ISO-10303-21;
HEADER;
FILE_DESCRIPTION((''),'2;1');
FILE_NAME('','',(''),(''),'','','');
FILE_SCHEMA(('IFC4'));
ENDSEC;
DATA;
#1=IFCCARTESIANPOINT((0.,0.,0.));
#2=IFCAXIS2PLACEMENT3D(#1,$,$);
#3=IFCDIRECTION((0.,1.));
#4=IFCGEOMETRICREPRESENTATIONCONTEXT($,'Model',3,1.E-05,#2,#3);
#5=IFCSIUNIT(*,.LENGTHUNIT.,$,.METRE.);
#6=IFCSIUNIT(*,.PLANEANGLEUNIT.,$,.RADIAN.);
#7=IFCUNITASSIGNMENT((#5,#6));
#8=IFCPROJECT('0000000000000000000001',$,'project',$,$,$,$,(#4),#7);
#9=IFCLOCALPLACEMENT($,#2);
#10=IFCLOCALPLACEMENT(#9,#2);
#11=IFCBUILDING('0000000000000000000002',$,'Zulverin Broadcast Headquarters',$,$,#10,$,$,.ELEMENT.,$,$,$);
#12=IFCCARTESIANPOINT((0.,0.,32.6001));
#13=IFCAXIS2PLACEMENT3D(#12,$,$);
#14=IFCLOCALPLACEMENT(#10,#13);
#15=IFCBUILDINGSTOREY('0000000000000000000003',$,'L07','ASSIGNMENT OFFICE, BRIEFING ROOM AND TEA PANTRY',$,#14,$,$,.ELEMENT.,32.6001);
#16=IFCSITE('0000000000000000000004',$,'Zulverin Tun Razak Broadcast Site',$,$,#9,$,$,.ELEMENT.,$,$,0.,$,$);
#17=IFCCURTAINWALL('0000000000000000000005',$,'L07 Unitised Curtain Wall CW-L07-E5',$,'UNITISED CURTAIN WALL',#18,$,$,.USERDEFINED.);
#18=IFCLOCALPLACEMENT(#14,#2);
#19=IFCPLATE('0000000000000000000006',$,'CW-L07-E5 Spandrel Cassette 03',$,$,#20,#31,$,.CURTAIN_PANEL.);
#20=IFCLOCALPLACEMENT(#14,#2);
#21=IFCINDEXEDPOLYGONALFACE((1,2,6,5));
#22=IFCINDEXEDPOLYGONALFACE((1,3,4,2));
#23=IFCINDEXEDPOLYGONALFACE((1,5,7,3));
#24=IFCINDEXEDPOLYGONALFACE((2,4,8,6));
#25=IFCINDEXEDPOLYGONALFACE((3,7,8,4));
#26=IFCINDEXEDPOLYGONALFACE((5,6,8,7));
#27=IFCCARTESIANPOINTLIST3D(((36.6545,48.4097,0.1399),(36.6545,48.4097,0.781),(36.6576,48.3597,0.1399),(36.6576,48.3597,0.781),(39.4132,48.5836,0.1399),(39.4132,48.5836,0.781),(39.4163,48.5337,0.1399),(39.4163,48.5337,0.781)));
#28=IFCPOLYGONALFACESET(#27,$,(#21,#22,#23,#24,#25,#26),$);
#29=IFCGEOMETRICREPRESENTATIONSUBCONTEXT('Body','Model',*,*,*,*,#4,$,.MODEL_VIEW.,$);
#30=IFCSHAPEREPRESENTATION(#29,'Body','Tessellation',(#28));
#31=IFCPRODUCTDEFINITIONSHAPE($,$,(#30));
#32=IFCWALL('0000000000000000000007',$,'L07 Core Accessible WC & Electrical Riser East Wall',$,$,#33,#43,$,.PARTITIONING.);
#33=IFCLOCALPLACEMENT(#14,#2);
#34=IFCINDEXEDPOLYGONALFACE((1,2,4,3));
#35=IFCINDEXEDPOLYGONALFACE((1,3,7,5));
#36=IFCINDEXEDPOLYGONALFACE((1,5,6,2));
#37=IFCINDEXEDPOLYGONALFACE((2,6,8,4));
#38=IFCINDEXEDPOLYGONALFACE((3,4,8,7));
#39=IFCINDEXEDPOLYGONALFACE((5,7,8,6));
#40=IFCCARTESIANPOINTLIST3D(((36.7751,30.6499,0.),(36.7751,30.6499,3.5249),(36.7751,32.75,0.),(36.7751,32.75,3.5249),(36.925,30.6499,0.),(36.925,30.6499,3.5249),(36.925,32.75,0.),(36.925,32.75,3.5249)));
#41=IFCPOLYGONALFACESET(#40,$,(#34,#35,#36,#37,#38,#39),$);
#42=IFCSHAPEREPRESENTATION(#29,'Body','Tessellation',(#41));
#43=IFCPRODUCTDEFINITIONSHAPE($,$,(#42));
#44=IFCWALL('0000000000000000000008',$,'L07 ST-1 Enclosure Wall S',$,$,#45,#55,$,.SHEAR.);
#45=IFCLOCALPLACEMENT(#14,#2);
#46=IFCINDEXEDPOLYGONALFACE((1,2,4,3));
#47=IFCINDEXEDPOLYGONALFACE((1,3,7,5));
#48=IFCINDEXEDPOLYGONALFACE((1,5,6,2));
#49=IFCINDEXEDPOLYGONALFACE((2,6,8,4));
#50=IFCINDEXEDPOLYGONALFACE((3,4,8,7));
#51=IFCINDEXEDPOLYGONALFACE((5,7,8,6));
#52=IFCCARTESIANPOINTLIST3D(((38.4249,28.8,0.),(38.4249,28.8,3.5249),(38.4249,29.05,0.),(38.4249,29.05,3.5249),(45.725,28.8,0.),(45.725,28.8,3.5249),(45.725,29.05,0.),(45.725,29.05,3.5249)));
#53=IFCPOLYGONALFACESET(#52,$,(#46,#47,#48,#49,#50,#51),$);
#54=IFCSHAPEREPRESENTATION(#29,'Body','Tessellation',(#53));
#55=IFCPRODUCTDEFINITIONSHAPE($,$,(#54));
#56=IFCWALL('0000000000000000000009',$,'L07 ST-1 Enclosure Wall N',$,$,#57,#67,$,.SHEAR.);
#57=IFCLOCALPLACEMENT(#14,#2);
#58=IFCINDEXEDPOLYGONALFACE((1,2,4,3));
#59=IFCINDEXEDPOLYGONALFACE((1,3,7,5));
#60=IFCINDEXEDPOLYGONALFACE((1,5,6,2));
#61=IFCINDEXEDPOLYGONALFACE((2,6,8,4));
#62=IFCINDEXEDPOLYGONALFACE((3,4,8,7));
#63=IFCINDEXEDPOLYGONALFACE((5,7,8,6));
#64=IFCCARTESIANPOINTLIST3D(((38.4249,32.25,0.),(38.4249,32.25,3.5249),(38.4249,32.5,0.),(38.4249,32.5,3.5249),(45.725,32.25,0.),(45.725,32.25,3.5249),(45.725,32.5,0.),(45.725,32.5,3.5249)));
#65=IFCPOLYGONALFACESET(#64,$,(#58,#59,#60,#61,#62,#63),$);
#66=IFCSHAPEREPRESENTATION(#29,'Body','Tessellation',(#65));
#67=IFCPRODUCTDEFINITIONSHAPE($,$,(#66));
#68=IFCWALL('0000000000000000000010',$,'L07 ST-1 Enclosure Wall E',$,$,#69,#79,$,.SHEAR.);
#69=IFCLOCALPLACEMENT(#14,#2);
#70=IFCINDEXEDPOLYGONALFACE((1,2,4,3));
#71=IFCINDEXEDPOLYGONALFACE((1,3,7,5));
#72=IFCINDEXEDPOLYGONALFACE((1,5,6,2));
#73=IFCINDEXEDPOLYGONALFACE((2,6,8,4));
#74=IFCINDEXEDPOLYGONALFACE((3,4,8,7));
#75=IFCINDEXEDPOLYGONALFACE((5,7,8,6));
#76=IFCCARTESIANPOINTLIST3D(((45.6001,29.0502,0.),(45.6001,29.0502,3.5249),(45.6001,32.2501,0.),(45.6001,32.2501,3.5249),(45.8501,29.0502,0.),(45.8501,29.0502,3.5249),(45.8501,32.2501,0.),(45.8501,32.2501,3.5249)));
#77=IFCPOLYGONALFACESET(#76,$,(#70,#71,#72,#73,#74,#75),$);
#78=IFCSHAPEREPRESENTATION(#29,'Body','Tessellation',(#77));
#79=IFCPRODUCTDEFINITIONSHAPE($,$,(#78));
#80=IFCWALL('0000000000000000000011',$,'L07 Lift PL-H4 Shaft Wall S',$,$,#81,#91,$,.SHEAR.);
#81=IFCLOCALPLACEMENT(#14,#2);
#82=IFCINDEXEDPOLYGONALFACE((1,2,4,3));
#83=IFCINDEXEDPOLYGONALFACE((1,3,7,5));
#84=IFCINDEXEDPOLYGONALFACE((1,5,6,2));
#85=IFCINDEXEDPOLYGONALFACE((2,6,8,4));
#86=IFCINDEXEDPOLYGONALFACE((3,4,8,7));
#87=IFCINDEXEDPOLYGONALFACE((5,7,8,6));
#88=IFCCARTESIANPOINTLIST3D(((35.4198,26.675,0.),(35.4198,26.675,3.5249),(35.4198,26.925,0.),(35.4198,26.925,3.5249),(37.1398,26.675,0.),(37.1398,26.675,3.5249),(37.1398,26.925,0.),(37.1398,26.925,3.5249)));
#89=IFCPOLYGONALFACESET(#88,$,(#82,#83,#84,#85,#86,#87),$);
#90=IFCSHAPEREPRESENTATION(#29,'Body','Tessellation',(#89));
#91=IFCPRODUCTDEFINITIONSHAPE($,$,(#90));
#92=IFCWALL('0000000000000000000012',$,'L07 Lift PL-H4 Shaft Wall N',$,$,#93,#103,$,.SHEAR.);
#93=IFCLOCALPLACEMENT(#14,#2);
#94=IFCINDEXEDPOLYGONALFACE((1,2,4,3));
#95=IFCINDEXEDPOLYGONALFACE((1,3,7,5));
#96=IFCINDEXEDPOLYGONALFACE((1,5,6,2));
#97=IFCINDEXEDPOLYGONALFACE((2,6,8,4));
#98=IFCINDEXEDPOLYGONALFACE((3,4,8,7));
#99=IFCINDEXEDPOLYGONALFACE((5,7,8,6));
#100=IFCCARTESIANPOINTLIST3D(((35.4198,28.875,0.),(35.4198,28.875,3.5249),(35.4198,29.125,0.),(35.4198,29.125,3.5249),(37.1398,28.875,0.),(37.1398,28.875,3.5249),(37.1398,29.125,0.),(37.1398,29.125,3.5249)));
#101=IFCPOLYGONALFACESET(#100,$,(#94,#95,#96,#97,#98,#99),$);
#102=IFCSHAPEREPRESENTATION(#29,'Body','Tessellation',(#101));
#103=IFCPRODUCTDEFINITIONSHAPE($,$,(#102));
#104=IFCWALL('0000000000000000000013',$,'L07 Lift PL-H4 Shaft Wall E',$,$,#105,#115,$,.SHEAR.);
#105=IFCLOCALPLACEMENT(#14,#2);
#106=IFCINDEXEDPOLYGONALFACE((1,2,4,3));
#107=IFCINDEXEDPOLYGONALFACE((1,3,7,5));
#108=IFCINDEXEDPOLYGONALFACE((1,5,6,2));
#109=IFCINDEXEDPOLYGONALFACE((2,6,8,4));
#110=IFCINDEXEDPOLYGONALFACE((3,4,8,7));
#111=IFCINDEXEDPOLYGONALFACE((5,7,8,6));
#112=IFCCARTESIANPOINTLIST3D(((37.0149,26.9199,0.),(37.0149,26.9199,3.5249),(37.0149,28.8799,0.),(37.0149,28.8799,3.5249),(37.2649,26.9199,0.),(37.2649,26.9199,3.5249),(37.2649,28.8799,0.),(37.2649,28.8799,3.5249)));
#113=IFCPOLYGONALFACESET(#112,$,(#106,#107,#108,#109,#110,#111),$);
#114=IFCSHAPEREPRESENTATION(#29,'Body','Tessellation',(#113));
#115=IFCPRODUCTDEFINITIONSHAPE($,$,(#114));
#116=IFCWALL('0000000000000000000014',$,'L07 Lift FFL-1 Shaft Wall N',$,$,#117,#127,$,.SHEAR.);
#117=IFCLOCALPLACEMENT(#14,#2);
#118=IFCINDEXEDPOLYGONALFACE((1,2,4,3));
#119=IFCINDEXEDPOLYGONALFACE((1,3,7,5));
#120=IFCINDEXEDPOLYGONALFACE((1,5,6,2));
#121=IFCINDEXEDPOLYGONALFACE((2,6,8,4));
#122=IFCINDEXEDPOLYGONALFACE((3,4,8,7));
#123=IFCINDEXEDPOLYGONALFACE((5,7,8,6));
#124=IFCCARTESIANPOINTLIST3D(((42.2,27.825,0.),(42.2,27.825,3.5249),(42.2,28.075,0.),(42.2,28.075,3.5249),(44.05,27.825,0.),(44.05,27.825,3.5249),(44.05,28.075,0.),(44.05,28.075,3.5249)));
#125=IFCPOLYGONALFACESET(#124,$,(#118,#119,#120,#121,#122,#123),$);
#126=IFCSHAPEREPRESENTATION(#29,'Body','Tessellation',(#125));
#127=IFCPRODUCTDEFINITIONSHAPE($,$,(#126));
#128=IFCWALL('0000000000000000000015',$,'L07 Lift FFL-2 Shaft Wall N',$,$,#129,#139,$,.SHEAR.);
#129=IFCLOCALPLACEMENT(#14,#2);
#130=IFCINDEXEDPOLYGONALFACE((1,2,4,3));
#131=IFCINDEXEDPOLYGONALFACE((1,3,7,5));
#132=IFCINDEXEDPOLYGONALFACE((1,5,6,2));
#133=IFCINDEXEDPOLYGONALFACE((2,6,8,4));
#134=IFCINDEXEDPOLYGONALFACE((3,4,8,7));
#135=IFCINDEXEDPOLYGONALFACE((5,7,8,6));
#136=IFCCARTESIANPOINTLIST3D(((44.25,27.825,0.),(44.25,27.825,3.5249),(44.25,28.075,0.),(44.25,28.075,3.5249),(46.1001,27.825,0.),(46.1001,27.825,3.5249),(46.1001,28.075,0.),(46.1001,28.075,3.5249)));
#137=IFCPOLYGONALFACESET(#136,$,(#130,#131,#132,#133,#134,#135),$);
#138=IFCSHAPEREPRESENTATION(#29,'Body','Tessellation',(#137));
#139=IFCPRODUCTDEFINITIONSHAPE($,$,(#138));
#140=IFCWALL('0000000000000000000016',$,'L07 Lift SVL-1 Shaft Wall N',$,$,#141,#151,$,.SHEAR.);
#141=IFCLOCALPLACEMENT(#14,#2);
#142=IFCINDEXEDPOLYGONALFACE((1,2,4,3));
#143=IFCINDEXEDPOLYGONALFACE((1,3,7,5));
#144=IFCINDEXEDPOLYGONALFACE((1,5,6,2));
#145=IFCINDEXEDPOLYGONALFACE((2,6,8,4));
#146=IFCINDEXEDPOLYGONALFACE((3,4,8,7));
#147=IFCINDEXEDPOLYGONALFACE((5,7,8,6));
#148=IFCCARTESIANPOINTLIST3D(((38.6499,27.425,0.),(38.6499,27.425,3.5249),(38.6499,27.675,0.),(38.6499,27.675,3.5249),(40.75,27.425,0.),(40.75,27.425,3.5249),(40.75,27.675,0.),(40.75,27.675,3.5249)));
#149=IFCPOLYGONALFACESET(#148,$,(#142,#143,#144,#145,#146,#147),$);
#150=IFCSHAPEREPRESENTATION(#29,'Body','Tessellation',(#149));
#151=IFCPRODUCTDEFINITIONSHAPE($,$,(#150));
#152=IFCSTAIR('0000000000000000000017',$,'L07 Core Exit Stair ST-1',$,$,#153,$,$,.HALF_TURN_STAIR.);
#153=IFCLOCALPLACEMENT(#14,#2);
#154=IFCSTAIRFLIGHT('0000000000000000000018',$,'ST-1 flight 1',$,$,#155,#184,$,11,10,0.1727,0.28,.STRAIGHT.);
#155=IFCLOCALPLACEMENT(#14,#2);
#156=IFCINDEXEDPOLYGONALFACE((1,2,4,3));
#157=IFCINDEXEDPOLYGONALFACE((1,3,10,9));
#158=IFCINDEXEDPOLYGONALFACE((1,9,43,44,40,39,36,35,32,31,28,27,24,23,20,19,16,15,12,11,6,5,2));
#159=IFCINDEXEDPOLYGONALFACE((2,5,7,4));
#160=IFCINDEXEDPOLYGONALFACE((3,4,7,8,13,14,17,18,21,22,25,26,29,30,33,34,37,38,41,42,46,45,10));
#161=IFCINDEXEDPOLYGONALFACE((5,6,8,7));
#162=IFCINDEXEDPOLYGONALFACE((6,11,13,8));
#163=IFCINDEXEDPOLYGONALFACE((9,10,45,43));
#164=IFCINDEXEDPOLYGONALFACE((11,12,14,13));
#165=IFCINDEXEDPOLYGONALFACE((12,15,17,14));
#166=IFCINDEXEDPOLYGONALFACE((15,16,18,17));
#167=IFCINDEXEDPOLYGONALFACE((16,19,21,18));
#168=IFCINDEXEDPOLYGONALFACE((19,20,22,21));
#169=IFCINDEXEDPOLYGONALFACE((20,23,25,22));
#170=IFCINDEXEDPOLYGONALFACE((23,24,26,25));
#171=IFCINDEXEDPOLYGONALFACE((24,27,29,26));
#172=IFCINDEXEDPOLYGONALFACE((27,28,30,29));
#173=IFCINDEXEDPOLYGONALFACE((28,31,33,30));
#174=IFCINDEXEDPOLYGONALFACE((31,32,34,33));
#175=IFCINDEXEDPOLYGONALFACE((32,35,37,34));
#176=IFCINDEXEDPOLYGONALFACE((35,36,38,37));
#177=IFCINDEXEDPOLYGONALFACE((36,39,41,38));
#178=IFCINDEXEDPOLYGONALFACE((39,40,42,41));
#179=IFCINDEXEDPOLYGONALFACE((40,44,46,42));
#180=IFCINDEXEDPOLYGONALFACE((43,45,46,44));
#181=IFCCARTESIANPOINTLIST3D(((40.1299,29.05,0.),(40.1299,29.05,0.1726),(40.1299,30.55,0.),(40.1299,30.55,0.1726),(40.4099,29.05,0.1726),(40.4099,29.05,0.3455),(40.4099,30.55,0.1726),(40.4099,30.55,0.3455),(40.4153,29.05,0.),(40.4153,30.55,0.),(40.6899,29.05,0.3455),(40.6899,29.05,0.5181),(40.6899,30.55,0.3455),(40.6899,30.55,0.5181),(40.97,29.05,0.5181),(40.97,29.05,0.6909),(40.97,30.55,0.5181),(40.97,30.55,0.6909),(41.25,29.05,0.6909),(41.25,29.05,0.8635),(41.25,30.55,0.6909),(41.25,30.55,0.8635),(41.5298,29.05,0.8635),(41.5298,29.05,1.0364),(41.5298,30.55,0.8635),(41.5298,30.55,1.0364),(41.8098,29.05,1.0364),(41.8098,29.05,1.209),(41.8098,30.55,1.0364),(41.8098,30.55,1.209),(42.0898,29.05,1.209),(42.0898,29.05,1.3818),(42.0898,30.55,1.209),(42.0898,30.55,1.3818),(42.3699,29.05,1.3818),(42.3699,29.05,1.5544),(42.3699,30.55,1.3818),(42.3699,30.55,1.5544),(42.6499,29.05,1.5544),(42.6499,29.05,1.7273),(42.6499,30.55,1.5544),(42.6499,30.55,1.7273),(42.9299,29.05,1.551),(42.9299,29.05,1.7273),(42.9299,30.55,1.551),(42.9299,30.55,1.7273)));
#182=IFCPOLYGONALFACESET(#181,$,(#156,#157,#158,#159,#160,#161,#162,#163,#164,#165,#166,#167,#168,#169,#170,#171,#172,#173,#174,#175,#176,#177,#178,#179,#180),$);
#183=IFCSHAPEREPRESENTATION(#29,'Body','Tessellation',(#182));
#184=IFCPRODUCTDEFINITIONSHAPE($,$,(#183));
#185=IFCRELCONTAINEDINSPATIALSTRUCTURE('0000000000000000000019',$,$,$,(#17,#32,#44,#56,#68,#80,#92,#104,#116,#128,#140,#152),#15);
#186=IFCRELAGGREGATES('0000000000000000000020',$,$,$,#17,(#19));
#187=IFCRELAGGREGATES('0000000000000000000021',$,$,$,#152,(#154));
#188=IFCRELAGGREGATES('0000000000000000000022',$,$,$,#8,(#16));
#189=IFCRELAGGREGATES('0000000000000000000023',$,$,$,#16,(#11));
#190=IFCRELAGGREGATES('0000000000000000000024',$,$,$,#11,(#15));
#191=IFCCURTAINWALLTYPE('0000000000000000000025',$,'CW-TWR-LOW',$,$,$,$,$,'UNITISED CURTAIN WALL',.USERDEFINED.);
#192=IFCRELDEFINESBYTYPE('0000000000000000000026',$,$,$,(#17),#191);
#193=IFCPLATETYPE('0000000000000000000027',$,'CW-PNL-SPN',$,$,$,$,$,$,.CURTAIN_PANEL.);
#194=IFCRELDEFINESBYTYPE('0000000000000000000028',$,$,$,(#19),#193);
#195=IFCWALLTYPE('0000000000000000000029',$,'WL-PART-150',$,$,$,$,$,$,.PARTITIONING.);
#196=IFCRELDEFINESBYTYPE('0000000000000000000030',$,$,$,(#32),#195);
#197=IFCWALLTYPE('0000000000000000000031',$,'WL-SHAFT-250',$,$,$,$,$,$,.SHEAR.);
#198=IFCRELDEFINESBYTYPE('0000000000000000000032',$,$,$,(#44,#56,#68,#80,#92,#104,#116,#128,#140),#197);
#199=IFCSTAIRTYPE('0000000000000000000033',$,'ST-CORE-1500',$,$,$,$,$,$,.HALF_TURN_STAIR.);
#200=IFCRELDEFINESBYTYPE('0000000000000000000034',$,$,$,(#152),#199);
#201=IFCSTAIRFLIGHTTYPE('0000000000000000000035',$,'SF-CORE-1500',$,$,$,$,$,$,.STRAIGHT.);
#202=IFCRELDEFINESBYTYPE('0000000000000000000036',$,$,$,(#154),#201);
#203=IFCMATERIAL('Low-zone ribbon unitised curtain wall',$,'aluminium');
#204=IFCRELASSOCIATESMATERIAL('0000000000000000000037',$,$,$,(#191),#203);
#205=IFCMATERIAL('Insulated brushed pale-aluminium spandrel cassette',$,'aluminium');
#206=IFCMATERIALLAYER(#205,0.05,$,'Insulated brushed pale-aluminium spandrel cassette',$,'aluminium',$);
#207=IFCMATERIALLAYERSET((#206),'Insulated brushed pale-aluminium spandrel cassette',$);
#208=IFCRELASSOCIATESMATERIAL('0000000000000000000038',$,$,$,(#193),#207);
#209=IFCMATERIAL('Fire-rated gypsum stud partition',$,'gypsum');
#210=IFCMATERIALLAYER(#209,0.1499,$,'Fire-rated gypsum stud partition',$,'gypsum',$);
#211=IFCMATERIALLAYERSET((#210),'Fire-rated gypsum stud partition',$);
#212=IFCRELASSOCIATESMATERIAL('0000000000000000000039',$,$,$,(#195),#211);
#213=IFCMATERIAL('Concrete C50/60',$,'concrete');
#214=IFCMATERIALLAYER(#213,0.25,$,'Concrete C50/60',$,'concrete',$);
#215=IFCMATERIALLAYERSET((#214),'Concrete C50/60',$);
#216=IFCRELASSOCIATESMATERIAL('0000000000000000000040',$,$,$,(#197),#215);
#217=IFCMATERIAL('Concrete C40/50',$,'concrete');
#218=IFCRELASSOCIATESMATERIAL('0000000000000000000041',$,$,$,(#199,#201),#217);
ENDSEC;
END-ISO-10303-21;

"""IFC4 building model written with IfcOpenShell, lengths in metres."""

from ifc_helpers import new_model, si_unit, direction, frame, frame_2d, origin, origin_2d, place, context, subcontext, project, spatial, polyline, rectangle, outline, extrude, material, layer, layer_set, type_object, element, aggregate, save


model = new_model("IFC4")

# Units and contexts
model_context = context("Model", 3, precision=1e-05, world=origin(), true_north=direction((0.0, 1.0)))
body_context = subcontext(model_context, "Body", "Model", "MODEL_VIEW")
ifc_project = project(units=[si_unit("LENGTHUNIT", "METRE"), si_unit("PLANEANGLEUNIT", "RADIAN")], contexts=[model_context])

# Site, building, storey
site_placement = place(None, origin())
site = spatial("IfcSite", under=ifc_project, at=site_placement, Name="Zulverin Tun Razak Broadcast Site", CompositionType="ELEMENT", RefElevation=0.0)
building_placement = place(site_placement, origin())
building = spatial("IfcBuilding", under=site, at=building_placement, Name="Zulverin Broadcast Headquarters", CompositionType="ELEMENT")
storey_placement = place(building_placement, frame((0.0, 0.0, 32.6001)))
storey = spatial("IfcBuildingStorey", under=building, at=storey_placement, Name="L07", Description="ASSIGNMENT OFFICE, BRIEFING ROOM AND TEA PANTRY", CompositionType="ELEMENT", Elevation=32.6001)

# Shared definitions
ifc_material_1 = material(Name="Concrete C40/50", Category="concrete")

# Curtain wall, plate
ifc_material_2 = material(Name="Low-zone ribbon unitised curtain wall", Category="aluminium")
curtain_wall_type = type_object("IfcCurtainWallType", Name="CW-TWR-LOW", ElementType="UNITISED CURTAIN WALL", PredefinedType="USERDEFINED", material=ifc_material_2)
curtain_wall_placement = place(storey_placement, origin())
curtain_wall = element("IfcCurtainWall", 1, at=curtain_wall_placement, inside=storey, type_object=curtain_wall_type, Name="L07 Unitised Curtain Wall CW-L07-E5", ObjectType="UNITISED CURTAIN WALL", PredefinedType="USERDEFINED")
ifc_material_3 = material(Name="Insulated brushed pale-aluminium spandrel cassette", Category="aluminium")
ifc_layer_1 = layer(ifc_material_3, 0.05, Name="Insulated brushed pale-aluminium spandrel cassette", Category="aluminium")
ifc_layer_set_1 = layer_set([ifc_layer_1], Name="Insulated brushed pale-aluminium spandrel cassette")
plate_type_1 = type_object("IfcPlateType", Name="CW-PNL-SPN", PredefinedType="CURTAIN_PANEL", material=ifc_layer_set_1)
plate_1_placement = place(storey_placement, frame((38.0354, 48.4717, 0.1399), z_axis=(0.0, 0.0, 1.0), x_axis=(-0.998018, -0.062935, 0.0)))
plate_1 = element("IfcPlate", 2, at=plate_1_placement, type_object=plate_type_1, Name="CW-L07-E5 Spandrel Cassette 03", PredefinedType="CURTAIN_PANEL", context=body_context, shape_type="SweptSolid", body=[
    extrude(rectangle(XDim=2.7642, YDim=0.05, at=origin_2d()), origin(), (0.0, 0.0, 1.0), 0.6411),
])
aggregate(curtain_wall, [plate_1])

# Walls
ifc_material_4 = material(Name="Fire-rated gypsum stud partition", Category="gypsum")
ifc_layer_2 = layer(ifc_material_4, 0.1499, Name="Fire-rated gypsum stud partition", Category="gypsum")
ifc_layer_set_2 = layer_set([ifc_layer_2], Name="Fire-rated gypsum stud partition")
wall_type_1 = type_object("IfcWallType", Name="WL-PART-150", PredefinedType="PARTITIONING", material=ifc_layer_set_2)
wall_1_placement = place(storey_placement, frame((36.8501, 30.6499, 0.0), z_axis=(0.0, 0.0, 1.0), x_axis=(0.0, 1.0, 0.0)))
element("IfcWall", 3, at=wall_1_placement, inside=storey, type_object=wall_type_1, Name="L07 Core Accessible WC & Electrical Riser East Wall", PredefinedType="PARTITIONING", context=body_context, shape_type="SweptSolid", body=[
    extrude(rectangle(XDim=2.1001, YDim=0.1499, at=frame_2d((1.05, 0.0))), origin(), (0.0, 0.0, 1.0), 3.5249),
])
ifc_material_5 = material(Name="Concrete C50/60", Category="concrete")
ifc_layer_3 = layer(ifc_material_5, 0.25, Name="Concrete C50/60", Category="concrete")
ifc_layer_set_3 = layer_set([ifc_layer_3], Name="Concrete C50/60")
wall_type_2 = type_object("IfcWallType", Name="WL-SHAFT-250", PredefinedType="SHEAR", material=ifc_layer_set_3)
for number, where, z_axis, x_axis, name in (
    (4, (38.425, 28.925, 0.0), (0.0, 0.0, 1.0), (1.0, 0.0, 0.0), "L07 ST-1 Enclosure Wall S"),
    (5, (38.425, 32.375, 0.0), (0.0, 0.0, 1.0), (1.0, 0.0, 0.0), "L07 ST-1 Enclosure Wall N"),
):
    element("IfcWall", number, at=place(storey_placement, frame(where, z_axis=z_axis, x_axis=x_axis)), inside=storey, type_object=wall_type_2, Name=name, PredefinedType="SHEAR", context=body_context, shape_type="SweptSolid", body=[
        extrude(rectangle(XDim=7.3, YDim=0.25, at=frame_2d((3.6499, 0.0))), origin(), (0.0, 0.0, 1.0), 3.5249),
    ])

# Walls
wall_2_placement = place(storey_placement, frame((45.7251, 29.05, 0.0), z_axis=(0.0, 0.0, 1.0), x_axis=(0.0, 1.0, 0.0)))
element("IfcWall", 6, at=wall_2_placement, inside=storey, type_object=wall_type_2, Name="L07 ST-1 Enclosure Wall E", PredefinedType="SHEAR", context=body_context, shape_type="SweptSolid", body=[
    extrude(rectangle(XDim=3.2, YDim=0.25, at=frame_2d((1.6001, 0.0))), origin(), (0.0, 0.0, 1.0), 3.5249),
])
for number, where, z_axis, x_axis, name in (
    (7, (35.4199, 26.8, 0.0), (0.0, 0.0, 1.0), (1.0, 0.0, 0.0), "L07 Lift PL-H4 Shaft Wall S"),
    (8, (35.4199, 29.0, 0.0), (0.0, 0.0, 1.0), (1.0, 0.0, 0.0), "L07 Lift PL-H4 Shaft Wall N"),
):
    element("IfcWall", number, at=place(storey_placement, frame(where, z_axis=z_axis, x_axis=x_axis)), inside=storey, type_object=wall_type_2, Name=name, PredefinedType="SHEAR", context=body_context, shape_type="SweptSolid", body=[
        extrude(rectangle(XDim=1.72, YDim=0.25, at=frame_2d((0.8599, 0.0))), origin(), (0.0, 0.0, 1.0), 3.5249),
    ])
wall_3_placement = place(storey_placement, frame((37.1399, 26.9199, 0.0), z_axis=(0.0, 0.0, 1.0), x_axis=(0.0, 1.0, 0.0)))
element("IfcWall", 9, at=wall_3_placement, inside=storey, type_object=wall_type_2, Name="L07 Lift PL-H4 Shaft Wall E", PredefinedType="SHEAR", context=body_context, shape_type="SweptSolid", body=[
    extrude(rectangle(XDim=1.96, YDim=0.25, at=frame_2d((0.98, 0.0))), origin(), (0.0, 0.0, 1.0), 3.5249),
])
for number, where, z_axis, x_axis, name in (
    (10, (42.2, 27.95, 0.0), (0.0, 0.0, 1.0), (1.0, 0.0, 0.0), "L07 Lift FFL-1 Shaft Wall N"),
    (11, (44.25, 27.95, 0.0), (0.0, 0.0, 1.0), (1.0, 0.0, 0.0), "L07 Lift FFL-2 Shaft Wall N"),
):
    element("IfcWall", number, at=place(storey_placement, frame(where, z_axis=z_axis, x_axis=x_axis)), inside=storey, type_object=wall_type_2, Name=name, PredefinedType="SHEAR", context=body_context, shape_type="SweptSolid", body=[
        extrude(rectangle(XDim=1.8501, YDim=0.25, at=frame_2d((0.925, 0.0))), origin(), (0.0, 0.0, 1.0), 3.5249),
    ])
wall_4_placement = place(storey_placement, frame((38.6499, 27.55, 0.0), z_axis=(0.0, 0.0, 1.0), x_axis=(1.0, 0.0, 0.0)))
element("IfcWall", 12, at=wall_4_placement, inside=storey, type_object=wall_type_2, Name="L07 Lift SVL-1 Shaft Wall N", PredefinedType="SHEAR", context=body_context, shape_type="SweptSolid", body=[
    extrude(rectangle(XDim=2.1001, YDim=0.25, at=frame_2d((1.05, 0.0))), origin(), (0.0, 0.0, 1.0), 3.5249),
])

# Stair, stair flight
stair_type = type_object("IfcStairType", Name="ST-CORE-1500", PredefinedType="HALF_TURN_STAIR", material=ifc_material_1)
stair_placement = place(storey_placement, origin())
stair = element("IfcStair", 13, at=stair_placement, inside=storey, type_object=stair_type, Name="L07 Core Exit Stair ST-1", PredefinedType="HALF_TURN_STAIR")
stair_flight_type = type_object("IfcStairFlightType", Name="SF-CORE-1500", PredefinedType="STRAIGHT", material=ifc_material_1)
stair_flight_1_placement = place(storey_placement, frame((40.1299, 29.8, 0.0), z_axis=(0.0, 0.0, 1.0), x_axis=(1.0, 0.0, 0.0)))
stair_flight_1 = element("IfcStairFlight", 14, at=stair_flight_1_placement, type_object=stair_flight_type, Name="ST-1 flight 1", NumberOfRisers=11, NumberOfTreads=10, PredefinedType="STRAIGHT", RiserHeight=0.1727, TreadLength=0.28, context=body_context, shape_type="SweptSolid", body=[
    extrude(outline(polyline([(0.0, 0.0), (0.0, 0.1726), (0.28, 0.1726), (0.28, 0.3455), (0.5601, 0.3455), (0.5601, 0.5181), (0.8401, 0.5181), (0.8401, 0.6909), (1.1201, 0.6909), (1.1201, 0.8635), (1.3999, 0.8635), (1.3999, 1.0364), (1.6799, 1.0364), (1.6799, 1.209), (1.96, 1.209), (1.96, 1.3818), (2.24, 1.3818), (2.24, 1.5544), (2.52, 1.5544), (2.52, 1.7273), (2.8, 1.7273), (2.8, 1.8999), (2.8, 1.551), (0.2854, 0.0), (0.0, 0.0)])), frame((0.0, 0.75, 0.0), z_axis=(0.0, -1.0, 0.0), x_axis=(1.0, 0.0, 0.0)), (0.0, 0.0, 1.0), 1.5),
])
aggregate(stair, [stair_flight_1])

save(model, "model.ifc")
